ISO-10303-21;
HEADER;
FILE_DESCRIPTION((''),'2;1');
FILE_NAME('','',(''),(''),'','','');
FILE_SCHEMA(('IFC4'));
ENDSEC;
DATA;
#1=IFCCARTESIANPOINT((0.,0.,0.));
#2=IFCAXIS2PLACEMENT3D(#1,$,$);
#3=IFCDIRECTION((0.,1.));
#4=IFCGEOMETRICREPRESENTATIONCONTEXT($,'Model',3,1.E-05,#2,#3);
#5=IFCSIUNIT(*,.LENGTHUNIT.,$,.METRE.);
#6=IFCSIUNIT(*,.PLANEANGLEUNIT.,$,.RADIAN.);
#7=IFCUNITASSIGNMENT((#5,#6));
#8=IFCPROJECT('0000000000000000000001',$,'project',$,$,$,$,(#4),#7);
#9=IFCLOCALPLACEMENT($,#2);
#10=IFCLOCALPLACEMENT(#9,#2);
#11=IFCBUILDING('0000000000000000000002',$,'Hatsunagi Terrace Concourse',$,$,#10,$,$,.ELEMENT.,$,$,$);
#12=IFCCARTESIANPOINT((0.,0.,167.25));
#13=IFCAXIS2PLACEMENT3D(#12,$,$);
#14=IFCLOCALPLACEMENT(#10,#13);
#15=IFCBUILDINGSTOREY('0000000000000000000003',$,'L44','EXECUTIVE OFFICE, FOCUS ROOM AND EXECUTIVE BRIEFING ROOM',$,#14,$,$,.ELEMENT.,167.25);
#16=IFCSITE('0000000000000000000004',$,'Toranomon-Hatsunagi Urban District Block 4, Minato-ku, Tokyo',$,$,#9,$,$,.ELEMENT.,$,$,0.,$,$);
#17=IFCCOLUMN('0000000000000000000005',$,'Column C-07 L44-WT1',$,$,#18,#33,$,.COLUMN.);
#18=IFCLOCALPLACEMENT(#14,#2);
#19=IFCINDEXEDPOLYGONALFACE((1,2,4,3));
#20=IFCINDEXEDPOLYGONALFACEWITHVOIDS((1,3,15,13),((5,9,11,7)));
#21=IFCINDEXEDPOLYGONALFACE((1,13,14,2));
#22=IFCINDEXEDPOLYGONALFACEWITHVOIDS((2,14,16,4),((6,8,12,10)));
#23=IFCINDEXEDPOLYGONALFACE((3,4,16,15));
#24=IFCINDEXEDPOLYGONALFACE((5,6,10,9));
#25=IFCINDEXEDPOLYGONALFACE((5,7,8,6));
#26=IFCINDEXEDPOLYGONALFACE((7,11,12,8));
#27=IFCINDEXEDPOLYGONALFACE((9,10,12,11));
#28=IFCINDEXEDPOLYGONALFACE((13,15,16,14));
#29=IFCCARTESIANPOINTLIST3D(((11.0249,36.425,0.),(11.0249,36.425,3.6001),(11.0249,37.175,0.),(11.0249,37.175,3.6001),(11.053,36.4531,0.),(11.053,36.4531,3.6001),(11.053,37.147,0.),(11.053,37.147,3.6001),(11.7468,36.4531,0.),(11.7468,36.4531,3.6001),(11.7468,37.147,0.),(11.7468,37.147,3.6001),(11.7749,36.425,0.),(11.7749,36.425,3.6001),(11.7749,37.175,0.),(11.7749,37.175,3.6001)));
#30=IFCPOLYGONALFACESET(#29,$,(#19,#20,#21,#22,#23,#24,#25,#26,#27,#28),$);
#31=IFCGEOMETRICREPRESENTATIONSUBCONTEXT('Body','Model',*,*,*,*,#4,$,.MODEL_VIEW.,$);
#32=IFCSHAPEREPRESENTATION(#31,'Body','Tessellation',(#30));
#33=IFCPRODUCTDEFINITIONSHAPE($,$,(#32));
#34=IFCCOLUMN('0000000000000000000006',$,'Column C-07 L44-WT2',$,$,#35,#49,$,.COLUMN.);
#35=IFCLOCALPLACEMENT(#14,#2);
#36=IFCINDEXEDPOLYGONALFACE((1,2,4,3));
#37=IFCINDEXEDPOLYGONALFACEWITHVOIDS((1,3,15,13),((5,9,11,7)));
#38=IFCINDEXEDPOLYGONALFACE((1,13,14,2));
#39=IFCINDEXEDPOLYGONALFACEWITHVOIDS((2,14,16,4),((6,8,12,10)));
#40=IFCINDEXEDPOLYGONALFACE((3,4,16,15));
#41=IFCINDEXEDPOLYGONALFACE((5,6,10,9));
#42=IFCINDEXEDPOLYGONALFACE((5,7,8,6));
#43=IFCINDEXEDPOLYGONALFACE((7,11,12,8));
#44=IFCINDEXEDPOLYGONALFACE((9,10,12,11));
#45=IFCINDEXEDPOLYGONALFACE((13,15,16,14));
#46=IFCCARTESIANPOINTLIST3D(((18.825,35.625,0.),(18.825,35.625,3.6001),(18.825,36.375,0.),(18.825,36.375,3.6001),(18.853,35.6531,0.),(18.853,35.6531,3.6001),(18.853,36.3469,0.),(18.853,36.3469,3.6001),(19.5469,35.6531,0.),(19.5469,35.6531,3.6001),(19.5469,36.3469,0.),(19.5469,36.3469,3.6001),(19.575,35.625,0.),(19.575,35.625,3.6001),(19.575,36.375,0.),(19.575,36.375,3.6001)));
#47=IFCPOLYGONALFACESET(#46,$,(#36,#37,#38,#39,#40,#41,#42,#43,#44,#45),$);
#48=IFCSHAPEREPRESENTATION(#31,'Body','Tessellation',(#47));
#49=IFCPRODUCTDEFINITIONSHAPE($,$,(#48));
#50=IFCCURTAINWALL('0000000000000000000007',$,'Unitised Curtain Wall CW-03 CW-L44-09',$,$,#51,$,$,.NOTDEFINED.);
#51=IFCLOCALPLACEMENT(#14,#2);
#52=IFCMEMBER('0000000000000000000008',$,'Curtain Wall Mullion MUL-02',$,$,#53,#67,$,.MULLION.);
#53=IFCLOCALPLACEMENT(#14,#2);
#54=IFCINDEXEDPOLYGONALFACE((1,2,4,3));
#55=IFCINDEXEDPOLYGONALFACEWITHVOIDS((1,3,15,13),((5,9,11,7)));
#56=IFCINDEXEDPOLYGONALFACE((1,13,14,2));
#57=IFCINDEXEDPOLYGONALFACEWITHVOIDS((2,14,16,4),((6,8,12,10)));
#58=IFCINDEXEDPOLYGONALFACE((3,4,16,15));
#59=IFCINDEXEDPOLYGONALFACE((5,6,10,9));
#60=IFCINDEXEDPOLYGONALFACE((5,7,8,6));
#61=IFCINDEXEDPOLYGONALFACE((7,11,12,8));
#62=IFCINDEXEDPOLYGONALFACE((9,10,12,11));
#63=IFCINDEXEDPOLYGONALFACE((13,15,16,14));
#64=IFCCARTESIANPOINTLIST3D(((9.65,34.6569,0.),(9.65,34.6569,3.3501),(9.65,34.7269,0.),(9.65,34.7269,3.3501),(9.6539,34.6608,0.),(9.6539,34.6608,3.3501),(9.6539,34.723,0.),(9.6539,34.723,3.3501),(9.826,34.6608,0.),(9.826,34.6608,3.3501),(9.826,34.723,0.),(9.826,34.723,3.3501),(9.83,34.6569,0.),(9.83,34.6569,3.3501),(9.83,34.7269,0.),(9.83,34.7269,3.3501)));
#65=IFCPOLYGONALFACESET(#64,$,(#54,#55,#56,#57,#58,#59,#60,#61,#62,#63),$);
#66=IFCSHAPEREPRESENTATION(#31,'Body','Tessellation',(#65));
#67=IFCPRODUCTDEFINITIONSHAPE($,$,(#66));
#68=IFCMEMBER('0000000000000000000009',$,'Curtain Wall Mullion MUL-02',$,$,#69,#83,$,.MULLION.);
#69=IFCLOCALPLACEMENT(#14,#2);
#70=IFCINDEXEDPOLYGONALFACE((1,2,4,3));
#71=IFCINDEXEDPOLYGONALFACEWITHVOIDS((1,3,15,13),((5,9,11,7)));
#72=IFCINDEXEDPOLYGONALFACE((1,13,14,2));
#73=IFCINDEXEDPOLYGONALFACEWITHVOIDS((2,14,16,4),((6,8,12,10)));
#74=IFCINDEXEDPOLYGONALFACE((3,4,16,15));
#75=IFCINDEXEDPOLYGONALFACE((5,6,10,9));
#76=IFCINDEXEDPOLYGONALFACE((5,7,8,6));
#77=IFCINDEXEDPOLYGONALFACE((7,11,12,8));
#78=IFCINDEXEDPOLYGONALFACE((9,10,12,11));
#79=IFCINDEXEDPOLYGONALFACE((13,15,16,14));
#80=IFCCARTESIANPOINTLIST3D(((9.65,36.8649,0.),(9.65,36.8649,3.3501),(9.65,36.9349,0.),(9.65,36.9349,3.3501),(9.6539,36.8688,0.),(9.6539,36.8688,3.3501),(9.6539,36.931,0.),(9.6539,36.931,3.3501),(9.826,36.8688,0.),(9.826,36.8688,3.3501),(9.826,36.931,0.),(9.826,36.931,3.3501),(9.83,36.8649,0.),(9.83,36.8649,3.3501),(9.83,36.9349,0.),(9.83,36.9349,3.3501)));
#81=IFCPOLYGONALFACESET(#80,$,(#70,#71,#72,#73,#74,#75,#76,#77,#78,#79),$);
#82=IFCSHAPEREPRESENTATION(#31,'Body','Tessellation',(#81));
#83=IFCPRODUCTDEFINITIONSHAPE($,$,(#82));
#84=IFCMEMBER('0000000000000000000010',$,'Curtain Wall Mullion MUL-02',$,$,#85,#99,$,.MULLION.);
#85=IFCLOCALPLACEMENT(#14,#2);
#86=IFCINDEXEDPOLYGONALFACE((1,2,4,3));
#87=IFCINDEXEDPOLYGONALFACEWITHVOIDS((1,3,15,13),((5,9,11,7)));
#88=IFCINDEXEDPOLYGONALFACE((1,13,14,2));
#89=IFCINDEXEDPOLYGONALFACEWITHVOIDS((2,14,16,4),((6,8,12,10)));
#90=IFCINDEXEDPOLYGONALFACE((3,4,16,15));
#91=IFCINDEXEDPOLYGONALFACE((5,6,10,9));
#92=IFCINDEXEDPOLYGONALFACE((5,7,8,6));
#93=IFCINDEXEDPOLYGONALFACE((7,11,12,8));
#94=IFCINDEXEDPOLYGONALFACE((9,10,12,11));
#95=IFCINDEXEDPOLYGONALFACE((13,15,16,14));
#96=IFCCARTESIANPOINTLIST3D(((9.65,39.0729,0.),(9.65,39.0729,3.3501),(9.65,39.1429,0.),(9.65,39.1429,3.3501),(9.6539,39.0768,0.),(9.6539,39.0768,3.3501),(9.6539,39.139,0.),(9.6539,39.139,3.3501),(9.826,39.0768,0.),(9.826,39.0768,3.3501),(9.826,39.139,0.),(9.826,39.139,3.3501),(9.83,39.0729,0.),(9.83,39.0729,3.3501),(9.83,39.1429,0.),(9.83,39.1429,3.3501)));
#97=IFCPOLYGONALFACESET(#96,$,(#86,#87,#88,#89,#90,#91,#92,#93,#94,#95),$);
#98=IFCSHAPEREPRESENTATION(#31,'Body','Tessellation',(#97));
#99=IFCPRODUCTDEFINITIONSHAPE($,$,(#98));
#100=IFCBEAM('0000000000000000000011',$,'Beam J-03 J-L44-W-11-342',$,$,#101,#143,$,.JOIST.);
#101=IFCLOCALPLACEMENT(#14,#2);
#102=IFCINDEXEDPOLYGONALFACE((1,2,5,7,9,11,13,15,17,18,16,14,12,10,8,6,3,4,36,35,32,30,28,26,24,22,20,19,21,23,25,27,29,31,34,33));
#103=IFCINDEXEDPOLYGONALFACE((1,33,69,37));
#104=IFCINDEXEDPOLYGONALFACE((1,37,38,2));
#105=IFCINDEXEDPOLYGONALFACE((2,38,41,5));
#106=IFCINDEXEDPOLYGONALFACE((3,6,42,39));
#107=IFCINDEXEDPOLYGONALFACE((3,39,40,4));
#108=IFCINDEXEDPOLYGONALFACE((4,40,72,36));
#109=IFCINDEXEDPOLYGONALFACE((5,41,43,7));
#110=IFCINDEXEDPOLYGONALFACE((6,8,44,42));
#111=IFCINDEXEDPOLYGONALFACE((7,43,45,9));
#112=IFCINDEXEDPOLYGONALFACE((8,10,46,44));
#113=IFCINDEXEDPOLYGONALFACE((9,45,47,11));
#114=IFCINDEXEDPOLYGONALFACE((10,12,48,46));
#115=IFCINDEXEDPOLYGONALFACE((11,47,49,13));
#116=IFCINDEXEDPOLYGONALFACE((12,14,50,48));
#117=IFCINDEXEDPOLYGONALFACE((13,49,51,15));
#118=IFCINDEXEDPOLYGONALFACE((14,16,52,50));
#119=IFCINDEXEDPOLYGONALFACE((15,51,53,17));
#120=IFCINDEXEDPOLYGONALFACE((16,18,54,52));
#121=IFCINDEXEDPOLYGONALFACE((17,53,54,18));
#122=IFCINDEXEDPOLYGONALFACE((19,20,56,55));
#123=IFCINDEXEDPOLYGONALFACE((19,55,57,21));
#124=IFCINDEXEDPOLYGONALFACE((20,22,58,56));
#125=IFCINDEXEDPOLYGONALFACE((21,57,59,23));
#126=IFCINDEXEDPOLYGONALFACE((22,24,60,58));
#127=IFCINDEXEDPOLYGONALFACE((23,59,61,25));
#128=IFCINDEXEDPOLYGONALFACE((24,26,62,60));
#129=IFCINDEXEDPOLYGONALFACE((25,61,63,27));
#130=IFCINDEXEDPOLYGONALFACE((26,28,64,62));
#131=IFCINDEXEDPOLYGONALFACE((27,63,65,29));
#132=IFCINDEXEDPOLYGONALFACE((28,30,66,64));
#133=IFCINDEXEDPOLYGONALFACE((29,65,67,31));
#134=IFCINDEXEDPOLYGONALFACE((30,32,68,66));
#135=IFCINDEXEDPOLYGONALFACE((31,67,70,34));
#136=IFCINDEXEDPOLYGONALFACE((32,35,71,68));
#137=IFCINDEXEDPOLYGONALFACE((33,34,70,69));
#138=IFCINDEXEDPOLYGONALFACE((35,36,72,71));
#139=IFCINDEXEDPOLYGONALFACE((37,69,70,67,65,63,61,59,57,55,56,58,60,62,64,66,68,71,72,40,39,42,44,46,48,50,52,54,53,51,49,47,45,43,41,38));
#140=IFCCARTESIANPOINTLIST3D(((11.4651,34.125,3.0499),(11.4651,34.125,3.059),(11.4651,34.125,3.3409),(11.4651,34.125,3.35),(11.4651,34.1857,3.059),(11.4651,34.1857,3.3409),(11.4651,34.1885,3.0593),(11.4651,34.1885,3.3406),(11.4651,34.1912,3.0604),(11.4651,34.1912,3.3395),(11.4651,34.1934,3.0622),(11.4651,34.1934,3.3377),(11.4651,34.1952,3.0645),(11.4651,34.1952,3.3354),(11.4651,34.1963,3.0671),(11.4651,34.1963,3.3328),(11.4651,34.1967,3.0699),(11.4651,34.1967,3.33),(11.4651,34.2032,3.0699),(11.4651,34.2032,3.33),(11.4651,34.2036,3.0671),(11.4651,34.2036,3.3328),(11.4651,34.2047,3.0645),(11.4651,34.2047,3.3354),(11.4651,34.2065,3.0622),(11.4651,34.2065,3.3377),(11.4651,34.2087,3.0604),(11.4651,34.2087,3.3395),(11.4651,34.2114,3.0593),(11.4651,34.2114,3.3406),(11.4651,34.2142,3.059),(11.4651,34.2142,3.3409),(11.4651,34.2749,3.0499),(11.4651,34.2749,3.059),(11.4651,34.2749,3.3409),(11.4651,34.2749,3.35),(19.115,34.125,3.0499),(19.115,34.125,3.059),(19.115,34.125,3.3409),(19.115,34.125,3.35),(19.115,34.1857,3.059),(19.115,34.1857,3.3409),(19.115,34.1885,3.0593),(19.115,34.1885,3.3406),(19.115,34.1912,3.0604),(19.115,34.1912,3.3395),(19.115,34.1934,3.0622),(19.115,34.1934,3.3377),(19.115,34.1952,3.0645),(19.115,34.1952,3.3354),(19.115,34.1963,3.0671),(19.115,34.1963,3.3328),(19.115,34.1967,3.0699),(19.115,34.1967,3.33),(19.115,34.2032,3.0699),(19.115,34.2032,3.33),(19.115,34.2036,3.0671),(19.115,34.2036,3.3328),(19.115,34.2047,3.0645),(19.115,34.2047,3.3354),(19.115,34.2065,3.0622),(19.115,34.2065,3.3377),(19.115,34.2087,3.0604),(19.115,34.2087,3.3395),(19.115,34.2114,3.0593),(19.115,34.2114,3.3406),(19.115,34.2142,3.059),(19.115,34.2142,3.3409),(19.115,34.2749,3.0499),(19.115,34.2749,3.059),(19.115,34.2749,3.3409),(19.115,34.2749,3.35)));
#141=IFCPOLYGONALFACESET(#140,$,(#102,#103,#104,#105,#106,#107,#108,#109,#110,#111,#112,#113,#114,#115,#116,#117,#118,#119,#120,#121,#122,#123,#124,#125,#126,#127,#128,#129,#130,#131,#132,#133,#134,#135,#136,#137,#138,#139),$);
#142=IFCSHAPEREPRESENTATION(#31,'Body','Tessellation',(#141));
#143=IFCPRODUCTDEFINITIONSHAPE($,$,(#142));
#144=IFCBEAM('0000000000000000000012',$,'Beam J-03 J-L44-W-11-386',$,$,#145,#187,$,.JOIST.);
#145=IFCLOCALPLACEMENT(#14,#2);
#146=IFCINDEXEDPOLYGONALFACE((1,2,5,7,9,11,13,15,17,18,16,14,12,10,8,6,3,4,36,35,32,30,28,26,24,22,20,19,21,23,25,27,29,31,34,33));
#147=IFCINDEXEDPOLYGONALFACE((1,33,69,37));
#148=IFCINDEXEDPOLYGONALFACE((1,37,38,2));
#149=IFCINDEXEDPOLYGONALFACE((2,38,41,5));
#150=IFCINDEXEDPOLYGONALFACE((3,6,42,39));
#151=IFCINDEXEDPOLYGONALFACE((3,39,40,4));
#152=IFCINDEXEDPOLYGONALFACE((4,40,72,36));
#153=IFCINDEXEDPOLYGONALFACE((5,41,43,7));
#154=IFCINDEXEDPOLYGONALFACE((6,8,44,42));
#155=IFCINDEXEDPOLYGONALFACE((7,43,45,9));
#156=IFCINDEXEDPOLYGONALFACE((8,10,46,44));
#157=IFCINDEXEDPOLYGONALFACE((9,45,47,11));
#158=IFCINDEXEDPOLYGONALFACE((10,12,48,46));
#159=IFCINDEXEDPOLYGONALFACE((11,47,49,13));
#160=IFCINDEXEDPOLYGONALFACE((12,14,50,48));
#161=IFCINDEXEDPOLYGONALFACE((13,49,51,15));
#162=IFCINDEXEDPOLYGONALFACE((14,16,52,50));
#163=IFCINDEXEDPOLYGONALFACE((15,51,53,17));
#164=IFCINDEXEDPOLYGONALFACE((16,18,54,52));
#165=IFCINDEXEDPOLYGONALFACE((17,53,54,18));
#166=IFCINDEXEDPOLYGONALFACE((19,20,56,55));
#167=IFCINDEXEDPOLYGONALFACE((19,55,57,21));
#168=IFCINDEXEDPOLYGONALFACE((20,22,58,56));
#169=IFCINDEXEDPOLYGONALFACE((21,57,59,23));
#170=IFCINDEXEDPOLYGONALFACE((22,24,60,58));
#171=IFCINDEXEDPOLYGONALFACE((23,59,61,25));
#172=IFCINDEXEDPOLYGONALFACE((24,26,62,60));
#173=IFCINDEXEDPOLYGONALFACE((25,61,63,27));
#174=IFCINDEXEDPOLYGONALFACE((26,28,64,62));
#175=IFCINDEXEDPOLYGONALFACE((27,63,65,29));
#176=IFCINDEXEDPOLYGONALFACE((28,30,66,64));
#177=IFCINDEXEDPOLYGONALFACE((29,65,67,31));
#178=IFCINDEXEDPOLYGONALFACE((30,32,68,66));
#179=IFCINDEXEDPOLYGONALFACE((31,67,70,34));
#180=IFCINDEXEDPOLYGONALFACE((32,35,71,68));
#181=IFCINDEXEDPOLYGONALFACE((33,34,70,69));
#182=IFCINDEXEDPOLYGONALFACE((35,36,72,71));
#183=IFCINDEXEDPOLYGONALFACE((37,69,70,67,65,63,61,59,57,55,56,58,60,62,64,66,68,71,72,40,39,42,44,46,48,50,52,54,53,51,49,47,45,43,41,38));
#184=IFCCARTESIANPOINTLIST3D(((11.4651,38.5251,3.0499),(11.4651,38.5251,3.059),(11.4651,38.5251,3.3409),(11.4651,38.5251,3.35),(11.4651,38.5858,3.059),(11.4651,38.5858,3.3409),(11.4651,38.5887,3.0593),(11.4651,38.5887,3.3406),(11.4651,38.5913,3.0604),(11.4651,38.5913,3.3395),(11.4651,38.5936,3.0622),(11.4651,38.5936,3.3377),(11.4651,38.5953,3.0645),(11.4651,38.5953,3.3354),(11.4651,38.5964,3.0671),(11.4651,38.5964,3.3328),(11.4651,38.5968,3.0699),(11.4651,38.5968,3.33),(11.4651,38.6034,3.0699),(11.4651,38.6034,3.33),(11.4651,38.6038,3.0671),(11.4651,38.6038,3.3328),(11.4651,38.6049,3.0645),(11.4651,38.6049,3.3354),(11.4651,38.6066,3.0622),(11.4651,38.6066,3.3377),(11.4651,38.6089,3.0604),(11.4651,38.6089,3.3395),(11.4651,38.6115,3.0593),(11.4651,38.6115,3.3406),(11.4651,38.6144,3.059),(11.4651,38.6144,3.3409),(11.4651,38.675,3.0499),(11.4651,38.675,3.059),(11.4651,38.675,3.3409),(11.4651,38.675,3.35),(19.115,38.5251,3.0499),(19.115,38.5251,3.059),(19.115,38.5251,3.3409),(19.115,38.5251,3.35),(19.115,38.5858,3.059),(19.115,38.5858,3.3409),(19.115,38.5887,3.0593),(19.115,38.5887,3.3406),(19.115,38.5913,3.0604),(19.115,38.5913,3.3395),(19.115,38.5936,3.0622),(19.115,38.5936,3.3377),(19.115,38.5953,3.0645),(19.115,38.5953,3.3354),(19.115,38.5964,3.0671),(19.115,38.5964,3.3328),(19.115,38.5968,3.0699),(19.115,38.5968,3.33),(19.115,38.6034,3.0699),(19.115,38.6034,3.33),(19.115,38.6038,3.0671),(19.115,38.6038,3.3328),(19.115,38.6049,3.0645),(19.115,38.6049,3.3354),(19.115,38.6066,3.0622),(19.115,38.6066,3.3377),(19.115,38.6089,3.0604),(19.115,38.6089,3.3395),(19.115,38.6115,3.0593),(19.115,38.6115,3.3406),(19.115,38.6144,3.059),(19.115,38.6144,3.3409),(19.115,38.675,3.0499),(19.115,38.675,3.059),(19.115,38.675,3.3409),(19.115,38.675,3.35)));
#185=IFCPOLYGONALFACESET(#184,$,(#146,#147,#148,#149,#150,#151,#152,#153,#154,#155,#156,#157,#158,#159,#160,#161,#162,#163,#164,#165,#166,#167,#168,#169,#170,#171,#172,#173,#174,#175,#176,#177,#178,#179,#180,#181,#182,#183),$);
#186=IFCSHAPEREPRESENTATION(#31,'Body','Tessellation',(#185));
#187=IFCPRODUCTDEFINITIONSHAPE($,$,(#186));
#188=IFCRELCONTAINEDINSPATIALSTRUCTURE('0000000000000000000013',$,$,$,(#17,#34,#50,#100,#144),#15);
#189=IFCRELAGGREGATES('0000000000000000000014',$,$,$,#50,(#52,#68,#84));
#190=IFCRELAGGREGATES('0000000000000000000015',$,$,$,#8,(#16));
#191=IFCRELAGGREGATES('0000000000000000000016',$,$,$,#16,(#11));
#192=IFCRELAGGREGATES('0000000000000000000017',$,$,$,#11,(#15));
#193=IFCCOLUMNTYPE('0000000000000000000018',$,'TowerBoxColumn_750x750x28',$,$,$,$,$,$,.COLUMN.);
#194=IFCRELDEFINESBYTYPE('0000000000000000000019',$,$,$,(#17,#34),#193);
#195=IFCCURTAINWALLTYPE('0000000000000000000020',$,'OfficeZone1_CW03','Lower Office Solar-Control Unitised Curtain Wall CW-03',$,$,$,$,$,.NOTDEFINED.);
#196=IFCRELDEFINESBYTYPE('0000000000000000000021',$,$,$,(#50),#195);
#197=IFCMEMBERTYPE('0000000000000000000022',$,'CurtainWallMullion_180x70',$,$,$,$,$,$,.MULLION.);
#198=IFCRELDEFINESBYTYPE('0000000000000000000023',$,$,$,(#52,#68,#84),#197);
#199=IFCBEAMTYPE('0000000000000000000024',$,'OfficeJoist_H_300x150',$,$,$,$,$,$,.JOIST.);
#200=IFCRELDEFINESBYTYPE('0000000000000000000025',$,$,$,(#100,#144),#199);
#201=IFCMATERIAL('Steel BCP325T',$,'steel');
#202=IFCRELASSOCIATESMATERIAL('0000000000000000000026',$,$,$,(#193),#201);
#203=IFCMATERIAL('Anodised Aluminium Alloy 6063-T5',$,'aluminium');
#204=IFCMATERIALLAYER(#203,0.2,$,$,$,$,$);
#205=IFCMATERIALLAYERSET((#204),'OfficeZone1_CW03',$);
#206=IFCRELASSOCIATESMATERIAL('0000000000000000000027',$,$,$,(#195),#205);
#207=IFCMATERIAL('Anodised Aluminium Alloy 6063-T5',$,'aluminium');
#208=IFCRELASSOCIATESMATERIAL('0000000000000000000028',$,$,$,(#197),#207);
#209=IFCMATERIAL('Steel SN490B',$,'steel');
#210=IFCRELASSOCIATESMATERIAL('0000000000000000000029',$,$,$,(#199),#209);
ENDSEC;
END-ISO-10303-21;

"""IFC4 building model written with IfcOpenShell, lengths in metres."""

from ifc_helpers import new_model, si_unit, direction, frame, origin, origin_2d, place, context, subcontext, project, spatial, hollow_rectangle, i_section, extrude, material, layer, layer_set, material_profile, profile_set, type_object, element, aggregate, save


model = new_model("IFC4")

# Units and contexts
model_context = context("Model", 3, precision=1e-05, world=origin(), true_north=direction((0.0, 1.0)))
body_context = subcontext(model_context, "Body", "Model", "MODEL_VIEW")
ifc_project = project(units=[si_unit("LENGTHUNIT", "METRE"), si_unit("PLANEANGLEUNIT", "RADIAN")], contexts=[model_context])

# Site, building, storey
site_placement = place(None, origin())
site = spatial("IfcSite", under=ifc_project, at=site_placement, Name="Toranomon-Hatsunagi Urban District Block 4, Minato-ku, Tokyo", CompositionType="ELEMENT", RefElevation=0.0)
building_placement = place(site_placement, origin())
building = spatial("IfcBuilding", under=site, at=building_placement, Name="Hatsunagi Terrace Concourse", CompositionType="ELEMENT")
storey_placement = place(building_placement, frame((0.0, 0.0, 167.25)))
storey = spatial("IfcBuildingStorey", under=building, at=storey_placement, Name="L44", Description="EXECUTIVE OFFICE, FOCUS ROOM AND EXECUTIVE BRIEFING ROOM", CompositionType="ELEMENT", Elevation=167.25)

# Columns
ifc_material_1 = material(Name="Steel BCP325T", Category="steel")
ifc_material_profile_1 = material_profile(ifc_material_1, hollow_rectangle(XDim=0.75, YDim=0.75, WallThickness=0.0281, at=origin_2d()), Name="BCP-750x750x28")
ifc_profile_set_1 = profile_set([ifc_material_profile_1], Name="Steel BCP325T")
column_type = type_object("IfcColumnType", Name="TowerBoxColumn_750x750x28", PredefinedType="COLUMN", material=ifc_profile_set_1)
for number, where, z_axis, x_axis, name in (
    (1, (11.3999, 36.8, 0.0), (0.0, 0.0, 1.0), (1.0, 0.0, 0.0), "Column C-07 L44-WT1"),
    (2, (19.2, 36.0, 0.0), (0.0, 0.0, 1.0), (1.0, 0.0, 0.0), "Column C-07 L44-WT2"),
):
    element("IfcColumn", number, at=place(storey_placement, frame(where, z_axis=z_axis, x_axis=x_axis)), inside=storey, type_object=column_type, Name=name, PredefinedType="COLUMN", context=body_context, shape_type="SweptSolid", body=[
        extrude(hollow_rectangle(XDim=0.75, YDim=0.75, WallThickness=0.0281, at=origin_2d()), origin(), (0.0, 0.0, 1.0), 3.6001),
    ])

# Curtain wall, members
ifc_material_2 = material(Name="Anodised Aluminium Alloy 6063-T5", Category="aluminium")
ifc_layer_1 = layer(ifc_material_2, 0.2)
ifc_layer_set_1 = layer_set([ifc_layer_1], Name="OfficeZone1_CW03")
curtain_wall_type = type_object("IfcCurtainWallType", Name="OfficeZone1_CW03", Description="Lower Office Solar-Control Unitised Curtain Wall CW-03", PredefinedType="NOTDEFINED", material=ifc_layer_set_1)
curtain_wall_placement = place(storey_placement, origin())
curtain_wall = element("IfcCurtainWall", 3, at=curtain_wall_placement, inside=storey, type_object=curtain_wall_type, Name="Unitised Curtain Wall CW-03 CW-L44-09", PredefinedType="NOTDEFINED")
ifc_material_3 = material(Name="Anodised Aluminium Alloy 6063-T5", Category="aluminium")
ifc_material_profile_2 = material_profile(ifc_material_3, hollow_rectangle(XDim=0.0701, YDim=0.1799, WallThickness=0.0039, at=origin_2d()), Name="ALU-MUL-180x70x4")
ifc_profile_set_2 = profile_set([ifc_material_profile_2], Name="Anodised Aluminium Alloy 6063-T5")
member_type = type_object("IfcMemberType", Name="CurtainWallMullion_180x70", PredefinedType="MULLION", material=ifc_profile_set_2)
member_1_placement = place(storey_placement, frame((9.74, 34.6919, 0.0), z_axis=(0.0, 0.0, 1.0), x_axis=(0.0, 1.0, 0.0)))
member_1 = element("IfcMember", 4, at=member_1_placement, type_object=member_type, Name="Curtain Wall Mullion MUL-02", PredefinedType="MULLION", context=body_context, shape_type="SweptSolid", body=[
    extrude(hollow_rectangle(XDim=0.0701, YDim=0.1799, WallThickness=0.0039, at=origin_2d()), origin(), (0.0, 0.0, 1.0), 3.3501),
])
member_2_placement = place(storey_placement, frame((9.74, 36.8999, 0.0), z_axis=(0.0, 0.0, 1.0), x_axis=(0.0, 1.0, 0.0)))
member_2 = element("IfcMember", 5, at=member_2_placement, type_object=member_type, Name="Curtain Wall Mullion MUL-02", PredefinedType="MULLION", context=body_context, shape_type="SweptSolid", body=[
    extrude(hollow_rectangle(XDim=0.0701, YDim=0.1799, WallThickness=0.0039, at=origin_2d()), origin(), (0.0, 0.0, 1.0), 3.3501),
])
member_3_placement = place(storey_placement, frame((9.74, 39.1079, 0.0), z_axis=(0.0, 0.0, 1.0), x_axis=(0.0, 1.0, 0.0)))
member_3 = element("IfcMember", 6, at=member_3_placement, type_object=member_type, Name="Curtain Wall Mullion MUL-02", PredefinedType="MULLION", context=body_context, shape_type="SweptSolid", body=[
    extrude(hollow_rectangle(XDim=0.0701, YDim=0.1799, WallThickness=0.0039, at=origin_2d()), origin(), (0.0, 0.0, 1.0), 3.3501),
])

# Beams
ifc_material_4 = material(Name="Steel SN490B", Category="steel")
ifc_material_profile_3 = material_profile(ifc_material_4, i_section(OverallWidth=0.1499, OverallDepth=0.3, WebThickness=0.0066, FlangeThickness=0.009, FilletRadius=0.011, at=origin_2d()), Name="H-300x150x6.5x9")
ifc_profile_set_3 = profile_set([ifc_material_profile_3], Name="Steel SN490B")
beam_type_1 = type_object("IfcBeamType", Name="OfficeJoist_H_300x150", PredefinedType="JOIST", material=ifc_profile_set_3)
for number, where, z_axis, x_axis, name in (
    (7, (11.4651, 34.2, 3.2), (1.0, 0.0, 0.0), (0.0, 1.0, 0.0), "Beam J-03 J-L44-W-11-342"),
    (8, (11.4651, 38.6001, 3.2), (1.0, 0.0, 0.0), (0.0, 1.0, 0.0), "Beam J-03 J-L44-W-11-386"),
):
    element("IfcBeam", number, at=place(storey_placement, frame(where, z_axis=z_axis, x_axis=x_axis)), inside=storey, type_object=beam_type_1, Name=name, PredefinedType="JOIST", context=body_context, shape_type="SweptSolid", body=[
        extrude(i_section(OverallWidth=0.1499, OverallDepth=0.3, WebThickness=0.0066, FlangeThickness=0.009, FilletRadius=0.011, at=origin_2d()), origin(), (0.0, 0.0, 1.0), 7.6499),
    ])

aggregate(curtain_wall, [member_1, member_2, member_3])

save(model, "model.ifc")
